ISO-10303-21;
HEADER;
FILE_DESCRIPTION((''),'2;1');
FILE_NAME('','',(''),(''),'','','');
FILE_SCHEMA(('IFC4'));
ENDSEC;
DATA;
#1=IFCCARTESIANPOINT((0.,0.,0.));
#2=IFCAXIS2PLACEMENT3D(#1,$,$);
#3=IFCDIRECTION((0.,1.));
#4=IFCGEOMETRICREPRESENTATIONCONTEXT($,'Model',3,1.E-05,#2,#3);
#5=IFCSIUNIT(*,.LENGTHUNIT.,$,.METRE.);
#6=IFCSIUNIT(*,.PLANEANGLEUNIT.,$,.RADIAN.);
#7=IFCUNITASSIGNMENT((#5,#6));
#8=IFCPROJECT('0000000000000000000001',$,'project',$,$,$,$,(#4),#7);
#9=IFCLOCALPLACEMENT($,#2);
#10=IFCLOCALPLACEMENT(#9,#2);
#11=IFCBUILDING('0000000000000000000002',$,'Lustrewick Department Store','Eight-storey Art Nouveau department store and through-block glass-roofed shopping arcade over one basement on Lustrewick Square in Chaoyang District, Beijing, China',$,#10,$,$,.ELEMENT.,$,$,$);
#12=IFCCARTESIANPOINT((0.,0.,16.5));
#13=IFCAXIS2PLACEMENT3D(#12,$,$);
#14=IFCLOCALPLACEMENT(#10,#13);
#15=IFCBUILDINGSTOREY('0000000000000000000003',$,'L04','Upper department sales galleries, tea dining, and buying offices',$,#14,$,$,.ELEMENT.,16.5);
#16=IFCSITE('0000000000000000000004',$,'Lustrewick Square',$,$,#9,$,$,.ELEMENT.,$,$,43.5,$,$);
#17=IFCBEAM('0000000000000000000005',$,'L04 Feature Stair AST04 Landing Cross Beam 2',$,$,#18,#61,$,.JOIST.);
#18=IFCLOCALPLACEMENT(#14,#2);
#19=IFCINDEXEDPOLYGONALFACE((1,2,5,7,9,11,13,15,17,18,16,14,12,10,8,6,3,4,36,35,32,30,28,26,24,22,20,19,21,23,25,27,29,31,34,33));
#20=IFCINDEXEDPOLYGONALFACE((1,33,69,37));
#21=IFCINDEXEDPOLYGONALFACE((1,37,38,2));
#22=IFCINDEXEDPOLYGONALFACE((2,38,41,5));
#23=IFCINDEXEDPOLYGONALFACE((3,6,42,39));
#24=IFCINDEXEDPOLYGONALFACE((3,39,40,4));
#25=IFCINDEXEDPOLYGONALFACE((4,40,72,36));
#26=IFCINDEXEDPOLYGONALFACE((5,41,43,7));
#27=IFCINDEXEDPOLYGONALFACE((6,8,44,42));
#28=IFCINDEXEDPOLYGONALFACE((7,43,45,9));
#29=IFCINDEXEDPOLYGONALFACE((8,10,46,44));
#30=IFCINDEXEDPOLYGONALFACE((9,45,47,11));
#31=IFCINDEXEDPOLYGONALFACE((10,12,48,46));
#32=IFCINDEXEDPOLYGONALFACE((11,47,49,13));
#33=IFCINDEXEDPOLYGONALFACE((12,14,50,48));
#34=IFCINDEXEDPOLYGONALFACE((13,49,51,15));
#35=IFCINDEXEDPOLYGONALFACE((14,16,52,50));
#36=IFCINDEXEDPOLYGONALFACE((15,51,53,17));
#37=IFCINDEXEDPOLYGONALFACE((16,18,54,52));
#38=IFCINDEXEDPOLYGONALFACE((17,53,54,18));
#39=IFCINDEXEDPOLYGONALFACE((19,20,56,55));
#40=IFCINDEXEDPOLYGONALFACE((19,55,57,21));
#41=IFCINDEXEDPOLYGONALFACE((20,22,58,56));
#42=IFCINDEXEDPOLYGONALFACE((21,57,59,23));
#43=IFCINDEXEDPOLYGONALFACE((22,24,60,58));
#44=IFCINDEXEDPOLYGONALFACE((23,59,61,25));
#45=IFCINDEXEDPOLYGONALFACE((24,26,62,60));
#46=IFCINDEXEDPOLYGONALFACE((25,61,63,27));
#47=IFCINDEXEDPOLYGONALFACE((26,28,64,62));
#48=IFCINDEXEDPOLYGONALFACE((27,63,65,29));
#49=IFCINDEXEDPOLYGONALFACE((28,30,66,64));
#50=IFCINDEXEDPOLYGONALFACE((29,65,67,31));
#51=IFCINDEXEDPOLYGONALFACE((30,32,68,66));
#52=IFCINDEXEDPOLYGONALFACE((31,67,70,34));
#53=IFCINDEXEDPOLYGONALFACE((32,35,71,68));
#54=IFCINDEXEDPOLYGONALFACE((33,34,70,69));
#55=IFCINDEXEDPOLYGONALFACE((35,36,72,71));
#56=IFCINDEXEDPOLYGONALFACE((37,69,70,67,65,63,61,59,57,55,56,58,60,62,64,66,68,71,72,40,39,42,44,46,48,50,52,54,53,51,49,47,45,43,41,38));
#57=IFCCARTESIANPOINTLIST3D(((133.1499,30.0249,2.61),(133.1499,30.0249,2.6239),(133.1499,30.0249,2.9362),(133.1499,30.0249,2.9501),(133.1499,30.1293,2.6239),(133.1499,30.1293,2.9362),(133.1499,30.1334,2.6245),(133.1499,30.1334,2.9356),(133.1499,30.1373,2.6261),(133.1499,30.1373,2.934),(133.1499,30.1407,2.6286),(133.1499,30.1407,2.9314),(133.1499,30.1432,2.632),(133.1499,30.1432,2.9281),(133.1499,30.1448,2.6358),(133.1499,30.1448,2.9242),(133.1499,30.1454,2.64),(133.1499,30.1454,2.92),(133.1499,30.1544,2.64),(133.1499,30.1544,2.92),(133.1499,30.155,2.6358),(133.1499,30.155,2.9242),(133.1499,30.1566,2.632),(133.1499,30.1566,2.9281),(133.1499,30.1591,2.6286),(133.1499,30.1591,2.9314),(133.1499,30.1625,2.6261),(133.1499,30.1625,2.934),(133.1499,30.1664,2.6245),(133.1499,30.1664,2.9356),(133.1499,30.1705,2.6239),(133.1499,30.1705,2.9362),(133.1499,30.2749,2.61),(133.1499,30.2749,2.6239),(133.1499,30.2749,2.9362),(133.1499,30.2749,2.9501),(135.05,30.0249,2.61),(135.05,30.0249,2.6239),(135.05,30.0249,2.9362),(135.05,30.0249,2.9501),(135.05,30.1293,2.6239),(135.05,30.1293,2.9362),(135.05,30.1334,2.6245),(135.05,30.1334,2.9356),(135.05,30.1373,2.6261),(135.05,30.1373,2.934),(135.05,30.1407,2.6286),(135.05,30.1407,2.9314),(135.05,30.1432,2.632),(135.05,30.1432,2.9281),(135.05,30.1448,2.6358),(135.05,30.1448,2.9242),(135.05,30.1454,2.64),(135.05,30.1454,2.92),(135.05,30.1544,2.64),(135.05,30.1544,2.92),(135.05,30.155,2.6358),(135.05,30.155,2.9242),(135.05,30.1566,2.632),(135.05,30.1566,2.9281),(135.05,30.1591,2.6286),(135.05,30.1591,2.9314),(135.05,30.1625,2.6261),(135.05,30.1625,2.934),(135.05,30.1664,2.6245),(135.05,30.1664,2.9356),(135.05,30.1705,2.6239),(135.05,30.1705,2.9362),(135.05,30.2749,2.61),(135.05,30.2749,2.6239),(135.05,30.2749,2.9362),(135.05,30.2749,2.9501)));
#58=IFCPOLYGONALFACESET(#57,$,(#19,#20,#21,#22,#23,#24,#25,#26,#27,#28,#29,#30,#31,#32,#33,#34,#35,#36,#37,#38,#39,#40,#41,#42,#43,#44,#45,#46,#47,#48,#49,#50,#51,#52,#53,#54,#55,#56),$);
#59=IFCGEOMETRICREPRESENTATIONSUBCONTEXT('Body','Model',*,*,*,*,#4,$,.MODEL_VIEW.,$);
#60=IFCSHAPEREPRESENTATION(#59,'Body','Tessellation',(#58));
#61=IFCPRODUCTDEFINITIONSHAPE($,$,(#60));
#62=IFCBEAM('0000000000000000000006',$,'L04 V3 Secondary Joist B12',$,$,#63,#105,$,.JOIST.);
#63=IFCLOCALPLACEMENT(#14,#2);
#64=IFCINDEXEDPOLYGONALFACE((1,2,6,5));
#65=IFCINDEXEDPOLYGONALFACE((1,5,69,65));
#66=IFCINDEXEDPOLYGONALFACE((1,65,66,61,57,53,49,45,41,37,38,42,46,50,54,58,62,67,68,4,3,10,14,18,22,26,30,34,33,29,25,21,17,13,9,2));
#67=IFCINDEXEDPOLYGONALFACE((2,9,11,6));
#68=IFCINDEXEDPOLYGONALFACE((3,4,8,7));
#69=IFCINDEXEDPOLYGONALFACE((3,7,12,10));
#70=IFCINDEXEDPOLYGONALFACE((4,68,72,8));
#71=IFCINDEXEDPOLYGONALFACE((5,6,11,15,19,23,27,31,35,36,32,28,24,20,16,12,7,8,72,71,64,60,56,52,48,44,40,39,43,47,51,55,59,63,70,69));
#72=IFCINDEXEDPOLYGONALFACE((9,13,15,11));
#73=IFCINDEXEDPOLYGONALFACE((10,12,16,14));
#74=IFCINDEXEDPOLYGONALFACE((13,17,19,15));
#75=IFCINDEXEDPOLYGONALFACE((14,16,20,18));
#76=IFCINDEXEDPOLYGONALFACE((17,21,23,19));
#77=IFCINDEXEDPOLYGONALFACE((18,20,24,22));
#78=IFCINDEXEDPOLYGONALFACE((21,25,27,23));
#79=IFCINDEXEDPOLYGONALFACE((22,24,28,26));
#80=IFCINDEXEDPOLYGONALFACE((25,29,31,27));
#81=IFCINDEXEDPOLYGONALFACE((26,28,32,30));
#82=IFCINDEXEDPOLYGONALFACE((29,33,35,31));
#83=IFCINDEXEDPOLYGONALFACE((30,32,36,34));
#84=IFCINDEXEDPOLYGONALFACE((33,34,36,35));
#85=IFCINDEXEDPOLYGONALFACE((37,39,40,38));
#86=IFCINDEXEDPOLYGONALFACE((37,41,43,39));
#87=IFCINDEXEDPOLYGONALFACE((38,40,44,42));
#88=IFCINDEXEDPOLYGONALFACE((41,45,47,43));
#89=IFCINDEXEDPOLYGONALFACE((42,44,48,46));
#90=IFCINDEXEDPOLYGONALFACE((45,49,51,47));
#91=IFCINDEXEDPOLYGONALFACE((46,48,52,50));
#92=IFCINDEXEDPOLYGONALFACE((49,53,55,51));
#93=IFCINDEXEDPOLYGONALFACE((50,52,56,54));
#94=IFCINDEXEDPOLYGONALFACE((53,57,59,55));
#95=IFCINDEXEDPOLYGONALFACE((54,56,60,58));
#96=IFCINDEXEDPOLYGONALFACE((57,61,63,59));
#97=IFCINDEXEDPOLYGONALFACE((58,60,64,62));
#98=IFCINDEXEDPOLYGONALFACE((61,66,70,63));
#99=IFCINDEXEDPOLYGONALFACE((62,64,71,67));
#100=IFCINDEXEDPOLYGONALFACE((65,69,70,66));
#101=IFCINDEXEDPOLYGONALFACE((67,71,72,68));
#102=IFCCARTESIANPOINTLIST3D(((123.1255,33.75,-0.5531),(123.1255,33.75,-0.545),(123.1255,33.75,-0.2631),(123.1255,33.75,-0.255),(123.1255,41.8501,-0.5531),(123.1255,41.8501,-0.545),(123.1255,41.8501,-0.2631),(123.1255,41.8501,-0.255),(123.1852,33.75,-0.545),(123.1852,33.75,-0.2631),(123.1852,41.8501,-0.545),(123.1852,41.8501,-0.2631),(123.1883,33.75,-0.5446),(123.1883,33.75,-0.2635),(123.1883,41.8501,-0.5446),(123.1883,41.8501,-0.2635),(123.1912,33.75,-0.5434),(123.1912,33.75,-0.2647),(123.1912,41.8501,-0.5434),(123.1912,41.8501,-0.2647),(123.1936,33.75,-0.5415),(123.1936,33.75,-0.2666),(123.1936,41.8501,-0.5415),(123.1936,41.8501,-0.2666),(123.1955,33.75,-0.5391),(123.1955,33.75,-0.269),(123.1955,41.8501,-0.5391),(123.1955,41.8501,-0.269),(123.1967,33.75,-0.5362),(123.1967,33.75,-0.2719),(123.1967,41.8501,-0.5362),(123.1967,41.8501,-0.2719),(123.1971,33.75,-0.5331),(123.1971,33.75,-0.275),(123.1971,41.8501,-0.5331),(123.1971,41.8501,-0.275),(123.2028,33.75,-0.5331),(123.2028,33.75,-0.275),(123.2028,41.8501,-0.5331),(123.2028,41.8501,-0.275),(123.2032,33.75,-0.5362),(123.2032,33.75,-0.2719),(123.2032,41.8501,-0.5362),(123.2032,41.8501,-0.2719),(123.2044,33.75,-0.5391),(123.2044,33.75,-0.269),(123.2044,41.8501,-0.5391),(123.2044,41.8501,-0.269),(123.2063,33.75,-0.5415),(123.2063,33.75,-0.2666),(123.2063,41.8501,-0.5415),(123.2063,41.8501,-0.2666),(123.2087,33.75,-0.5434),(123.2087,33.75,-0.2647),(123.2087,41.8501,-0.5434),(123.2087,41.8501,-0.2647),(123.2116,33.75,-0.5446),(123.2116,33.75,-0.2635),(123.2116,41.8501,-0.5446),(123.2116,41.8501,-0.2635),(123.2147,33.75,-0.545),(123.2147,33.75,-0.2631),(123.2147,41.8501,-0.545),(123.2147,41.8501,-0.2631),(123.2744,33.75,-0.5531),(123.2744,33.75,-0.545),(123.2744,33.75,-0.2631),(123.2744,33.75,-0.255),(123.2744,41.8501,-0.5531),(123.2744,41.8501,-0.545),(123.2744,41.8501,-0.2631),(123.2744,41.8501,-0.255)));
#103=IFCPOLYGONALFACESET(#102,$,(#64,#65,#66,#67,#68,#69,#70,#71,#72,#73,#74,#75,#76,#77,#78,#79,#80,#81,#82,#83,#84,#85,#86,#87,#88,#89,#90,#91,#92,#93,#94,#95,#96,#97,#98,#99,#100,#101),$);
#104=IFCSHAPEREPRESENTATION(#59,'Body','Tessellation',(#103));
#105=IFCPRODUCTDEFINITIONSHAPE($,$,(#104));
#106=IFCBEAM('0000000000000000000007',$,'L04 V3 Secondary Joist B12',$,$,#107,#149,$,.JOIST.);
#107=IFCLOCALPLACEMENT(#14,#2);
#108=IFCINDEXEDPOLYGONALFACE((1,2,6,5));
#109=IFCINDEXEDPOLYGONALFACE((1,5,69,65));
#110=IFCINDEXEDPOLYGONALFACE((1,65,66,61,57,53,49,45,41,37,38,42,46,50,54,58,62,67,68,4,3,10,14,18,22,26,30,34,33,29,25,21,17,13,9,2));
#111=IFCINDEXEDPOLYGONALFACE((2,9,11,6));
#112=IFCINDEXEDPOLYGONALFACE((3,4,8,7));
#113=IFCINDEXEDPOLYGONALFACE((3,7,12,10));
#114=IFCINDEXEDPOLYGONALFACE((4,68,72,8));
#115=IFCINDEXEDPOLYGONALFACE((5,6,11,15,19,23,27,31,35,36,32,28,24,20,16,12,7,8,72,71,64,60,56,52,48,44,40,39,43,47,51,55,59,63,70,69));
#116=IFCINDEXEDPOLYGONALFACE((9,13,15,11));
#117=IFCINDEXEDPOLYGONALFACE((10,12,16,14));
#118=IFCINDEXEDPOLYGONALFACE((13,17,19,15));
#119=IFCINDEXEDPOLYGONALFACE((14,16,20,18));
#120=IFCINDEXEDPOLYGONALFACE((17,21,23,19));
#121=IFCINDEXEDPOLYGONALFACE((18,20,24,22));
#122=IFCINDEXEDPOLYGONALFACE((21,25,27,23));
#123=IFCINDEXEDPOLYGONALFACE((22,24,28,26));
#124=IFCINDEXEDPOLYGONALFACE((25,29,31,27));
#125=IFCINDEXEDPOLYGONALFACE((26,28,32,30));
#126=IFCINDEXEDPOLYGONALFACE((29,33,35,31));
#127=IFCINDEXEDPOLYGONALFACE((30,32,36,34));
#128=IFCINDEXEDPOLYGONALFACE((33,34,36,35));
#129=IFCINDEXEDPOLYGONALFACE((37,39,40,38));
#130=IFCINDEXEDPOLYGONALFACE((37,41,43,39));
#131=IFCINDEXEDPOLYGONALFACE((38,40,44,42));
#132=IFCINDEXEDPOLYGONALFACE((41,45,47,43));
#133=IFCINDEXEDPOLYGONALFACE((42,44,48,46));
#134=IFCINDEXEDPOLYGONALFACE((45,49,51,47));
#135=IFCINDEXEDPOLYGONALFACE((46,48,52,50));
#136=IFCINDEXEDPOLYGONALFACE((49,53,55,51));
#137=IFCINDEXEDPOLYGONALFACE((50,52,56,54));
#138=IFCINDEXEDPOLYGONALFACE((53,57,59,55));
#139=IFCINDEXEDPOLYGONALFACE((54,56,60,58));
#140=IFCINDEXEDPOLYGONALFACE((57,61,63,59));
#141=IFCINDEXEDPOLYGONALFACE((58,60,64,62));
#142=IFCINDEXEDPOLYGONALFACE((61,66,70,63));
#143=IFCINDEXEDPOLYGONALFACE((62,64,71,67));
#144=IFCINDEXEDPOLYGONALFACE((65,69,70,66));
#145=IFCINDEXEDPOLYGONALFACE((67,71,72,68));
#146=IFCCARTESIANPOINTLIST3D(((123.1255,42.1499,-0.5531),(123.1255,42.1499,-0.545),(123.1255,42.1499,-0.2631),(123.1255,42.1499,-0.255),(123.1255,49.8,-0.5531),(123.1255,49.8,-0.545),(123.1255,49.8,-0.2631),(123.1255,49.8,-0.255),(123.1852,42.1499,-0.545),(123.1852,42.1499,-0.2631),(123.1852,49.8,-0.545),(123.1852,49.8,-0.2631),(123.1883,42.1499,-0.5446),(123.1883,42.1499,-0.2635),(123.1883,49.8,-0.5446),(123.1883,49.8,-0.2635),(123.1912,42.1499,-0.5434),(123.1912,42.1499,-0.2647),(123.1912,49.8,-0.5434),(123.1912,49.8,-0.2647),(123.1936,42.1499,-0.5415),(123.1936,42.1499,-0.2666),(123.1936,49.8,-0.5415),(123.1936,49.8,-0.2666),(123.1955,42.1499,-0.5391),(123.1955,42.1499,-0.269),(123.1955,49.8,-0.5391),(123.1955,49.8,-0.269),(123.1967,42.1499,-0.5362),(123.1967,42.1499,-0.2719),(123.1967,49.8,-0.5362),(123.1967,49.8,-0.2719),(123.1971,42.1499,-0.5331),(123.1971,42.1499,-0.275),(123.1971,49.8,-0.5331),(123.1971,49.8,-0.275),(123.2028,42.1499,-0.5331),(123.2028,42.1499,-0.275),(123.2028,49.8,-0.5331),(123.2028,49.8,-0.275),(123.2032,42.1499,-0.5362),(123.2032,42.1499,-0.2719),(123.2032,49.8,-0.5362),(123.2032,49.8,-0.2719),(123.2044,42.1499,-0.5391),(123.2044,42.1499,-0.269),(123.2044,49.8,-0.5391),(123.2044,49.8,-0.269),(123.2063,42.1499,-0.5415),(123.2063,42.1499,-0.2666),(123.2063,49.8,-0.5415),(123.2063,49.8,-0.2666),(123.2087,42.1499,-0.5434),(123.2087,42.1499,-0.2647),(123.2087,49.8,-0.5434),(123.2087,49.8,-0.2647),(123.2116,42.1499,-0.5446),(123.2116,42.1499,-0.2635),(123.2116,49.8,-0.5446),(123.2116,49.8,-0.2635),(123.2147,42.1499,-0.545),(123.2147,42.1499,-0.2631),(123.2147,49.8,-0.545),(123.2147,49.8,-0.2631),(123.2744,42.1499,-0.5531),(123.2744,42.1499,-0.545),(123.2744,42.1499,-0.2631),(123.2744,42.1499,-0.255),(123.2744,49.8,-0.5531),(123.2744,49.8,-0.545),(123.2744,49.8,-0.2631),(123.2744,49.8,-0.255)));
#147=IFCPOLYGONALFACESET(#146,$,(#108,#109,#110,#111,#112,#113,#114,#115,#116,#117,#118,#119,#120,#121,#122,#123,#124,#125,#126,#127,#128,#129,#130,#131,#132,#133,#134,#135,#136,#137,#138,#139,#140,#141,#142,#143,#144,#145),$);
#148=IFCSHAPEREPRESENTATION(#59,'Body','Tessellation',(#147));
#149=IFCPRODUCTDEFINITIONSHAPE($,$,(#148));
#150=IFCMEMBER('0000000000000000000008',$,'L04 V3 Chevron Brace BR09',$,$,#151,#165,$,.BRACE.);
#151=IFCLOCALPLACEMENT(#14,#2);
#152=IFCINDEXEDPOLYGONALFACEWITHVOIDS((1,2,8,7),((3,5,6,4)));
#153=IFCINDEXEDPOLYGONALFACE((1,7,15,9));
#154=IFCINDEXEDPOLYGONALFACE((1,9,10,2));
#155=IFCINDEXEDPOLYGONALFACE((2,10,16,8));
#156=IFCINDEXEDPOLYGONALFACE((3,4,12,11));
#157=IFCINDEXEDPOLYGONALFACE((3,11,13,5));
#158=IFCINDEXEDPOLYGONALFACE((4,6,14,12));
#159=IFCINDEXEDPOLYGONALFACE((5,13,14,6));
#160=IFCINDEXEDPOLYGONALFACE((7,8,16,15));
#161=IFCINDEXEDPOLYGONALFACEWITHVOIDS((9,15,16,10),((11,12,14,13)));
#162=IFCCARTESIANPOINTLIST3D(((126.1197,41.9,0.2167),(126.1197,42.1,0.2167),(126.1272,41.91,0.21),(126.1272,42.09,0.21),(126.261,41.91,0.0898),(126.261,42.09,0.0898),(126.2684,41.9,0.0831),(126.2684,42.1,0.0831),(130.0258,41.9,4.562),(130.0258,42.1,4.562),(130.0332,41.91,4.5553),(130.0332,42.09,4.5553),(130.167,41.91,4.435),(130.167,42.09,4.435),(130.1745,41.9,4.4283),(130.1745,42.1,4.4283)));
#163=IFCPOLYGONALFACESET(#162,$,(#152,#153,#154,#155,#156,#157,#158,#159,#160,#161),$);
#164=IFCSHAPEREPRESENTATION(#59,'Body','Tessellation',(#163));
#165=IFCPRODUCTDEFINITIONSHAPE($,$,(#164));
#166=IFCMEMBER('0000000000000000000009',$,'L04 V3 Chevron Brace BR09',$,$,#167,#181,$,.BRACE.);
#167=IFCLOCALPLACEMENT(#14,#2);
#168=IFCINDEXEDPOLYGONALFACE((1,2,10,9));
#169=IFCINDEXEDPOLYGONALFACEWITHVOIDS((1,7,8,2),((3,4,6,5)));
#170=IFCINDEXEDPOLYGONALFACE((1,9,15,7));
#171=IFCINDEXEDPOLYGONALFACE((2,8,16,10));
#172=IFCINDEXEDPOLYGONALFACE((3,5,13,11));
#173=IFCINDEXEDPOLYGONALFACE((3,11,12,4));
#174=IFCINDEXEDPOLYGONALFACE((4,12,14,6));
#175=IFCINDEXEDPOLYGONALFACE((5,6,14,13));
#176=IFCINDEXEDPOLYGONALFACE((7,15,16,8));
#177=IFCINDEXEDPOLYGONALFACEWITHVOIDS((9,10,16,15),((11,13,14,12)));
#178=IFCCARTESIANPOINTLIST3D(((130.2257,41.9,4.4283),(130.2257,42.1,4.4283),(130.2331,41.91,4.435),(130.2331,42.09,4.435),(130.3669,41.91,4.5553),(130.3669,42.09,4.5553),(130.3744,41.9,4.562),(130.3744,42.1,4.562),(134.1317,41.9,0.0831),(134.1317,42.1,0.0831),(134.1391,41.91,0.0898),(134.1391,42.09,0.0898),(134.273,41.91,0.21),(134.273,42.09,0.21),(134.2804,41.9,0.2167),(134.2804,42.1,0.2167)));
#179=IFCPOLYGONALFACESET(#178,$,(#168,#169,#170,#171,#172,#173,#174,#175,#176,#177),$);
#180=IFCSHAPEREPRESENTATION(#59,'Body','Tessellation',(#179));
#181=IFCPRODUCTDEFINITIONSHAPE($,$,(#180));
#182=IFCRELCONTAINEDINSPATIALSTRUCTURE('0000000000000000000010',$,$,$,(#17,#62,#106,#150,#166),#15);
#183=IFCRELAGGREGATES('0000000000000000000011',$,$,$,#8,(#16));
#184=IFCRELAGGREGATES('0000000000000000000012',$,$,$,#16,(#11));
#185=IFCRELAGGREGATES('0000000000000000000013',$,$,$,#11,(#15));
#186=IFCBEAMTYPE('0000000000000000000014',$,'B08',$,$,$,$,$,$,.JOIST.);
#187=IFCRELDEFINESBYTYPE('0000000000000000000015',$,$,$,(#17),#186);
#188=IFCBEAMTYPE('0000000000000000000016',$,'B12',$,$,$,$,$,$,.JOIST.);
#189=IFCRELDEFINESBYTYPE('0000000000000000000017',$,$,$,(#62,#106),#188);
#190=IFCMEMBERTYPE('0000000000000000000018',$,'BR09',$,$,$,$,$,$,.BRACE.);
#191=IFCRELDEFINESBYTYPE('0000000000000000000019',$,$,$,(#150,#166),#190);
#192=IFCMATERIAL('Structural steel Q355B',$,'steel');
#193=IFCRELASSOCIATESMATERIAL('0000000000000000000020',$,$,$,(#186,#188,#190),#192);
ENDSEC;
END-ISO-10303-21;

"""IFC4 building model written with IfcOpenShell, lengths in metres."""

from ifc_helpers import new_model, si_unit, direction, frame, origin, origin_2d, place, context, subcontext, project, spatial, hollow_rectangle, i_section, extrude, material, material_profile, profile_set, type_object, element, save


model = new_model("IFC4")

# Units and contexts
model_context = context("Model", 3, precision=1e-05, world=origin(), true_north=direction((0.0, 1.0)))
body_context = subcontext(model_context, "Body", "Model", "MODEL_VIEW")
ifc_project = project(units=[si_unit("LENGTHUNIT", "METRE"), si_unit("PLANEANGLEUNIT", "RADIAN")], contexts=[model_context])

# Site, building, storey
site_placement = place(None, origin())
site = spatial("IfcSite", under=ifc_project, at=site_placement, Name="Lustrewick Square", CompositionType="ELEMENT", RefElevation=43.5)
building_placement = place(site_placement, origin())
building = spatial("IfcBuilding", under=site, at=building_placement, Name="Lustrewick Department Store", Description="Eight-storey Art Nouveau department store and through-block glass-roofed shopping arcade over one basement on Lustrewick Square in Chaoyang District, Beijing, China", CompositionType="ELEMENT")
storey_placement = place(building_placement, frame((0.0, 0.0, 16.5)))
storey = spatial("IfcBuildingStorey", under=building, at=storey_placement, Name="L04", Description="Upper department sales galleries, tea dining, and buying offices", CompositionType="ELEMENT", Elevation=16.5)

# Shared definitions
ifc_material_1 = material(Name="Structural steel Q355B", Category="steel")

# Beams
ifc_material_profile_1 = material_profile(ifc_material_1, i_section(OverallWidth=0.25, OverallDepth=0.3401, WebThickness=0.009, FlangeThickness=0.0139, FilletRadius=0.0161, at=origin_2d()), Name="HM 340x250x9x14")
ifc_profile_set_1 = profile_set([ifc_material_profile_1], Name="Structural steel Q355B")
beam_type_1 = type_object("IfcBeamType", Name="B08", PredefinedType="JOIST", material=ifc_profile_set_1)
for number, where, z_axis, x_axis, name in (
    (1, (133.1499, 30.1499, 2.78), (1.0, 0.0, 0.0), (0.0, 1.0, 0.0), "L04 Feature Stair AST04 Landing Cross Beam 2"),
):
    element("IfcBeam", number, at=place(storey_placement, frame(where, z_axis=z_axis, x_axis=x_axis)), inside=storey, type_object=beam_type_1, Name=name, PredefinedType="JOIST", context=body_context, shape_type="SweptSolid", body=[
        extrude(i_section(OverallWidth=0.25, OverallDepth=0.3401, WebThickness=0.009, FlangeThickness=0.0139, FilletRadius=0.0161, at=origin_2d()), origin(), (0.0, 0.0, 1.0), 1.9001),
    ])
ifc_material_profile_2 = material_profile(ifc_material_1, i_section(OverallWidth=0.1489, OverallDepth=0.2981, WebThickness=0.0056, FlangeThickness=0.0081, FilletRadius=0.012, at=origin_2d()), Name="HN 298x149x5.5x8")
ifc_profile_set_2 = profile_set([ifc_material_profile_2], Name="Structural steel Q355B")
beam_type_2 = type_object("IfcBeamType", Name="B12", PredefinedType="JOIST", material=ifc_profile_set_2)
beam_1_placement = place(storey_placement, frame((123.2, 33.75, -0.4041), z_axis=(0.0, 1.0, 0.0), x_axis=(-1.0, 0.0, 0.0)))
element("IfcBeam", 2, at=beam_1_placement, inside=storey, type_object=beam_type_2, Name="L04 V3 Secondary Joist B12", PredefinedType="JOIST", context=body_context, shape_type="SweptSolid", body=[
    extrude(i_section(OverallWidth=0.1489, OverallDepth=0.2981, WebThickness=0.0056, FlangeThickness=0.0081, FilletRadius=0.012, at=origin_2d()), origin(), (0.0, 0.0, 1.0), 8.1001),
])
beam_2_placement = place(storey_placement, frame((123.2, 42.1499, -0.4041), z_axis=(0.0, 1.0, 0.0), x_axis=(-1.0, 0.0, 0.0)))
element("IfcBeam", 3, at=beam_2_placement, inside=storey, type_object=beam_type_2, Name="L04 V3 Secondary Joist B12", PredefinedType="JOIST", context=body_context, shape_type="SweptSolid", body=[
    extrude(i_section(OverallWidth=0.1489, OverallDepth=0.2981, WebThickness=0.0056, FlangeThickness=0.0081, FilletRadius=0.012, at=origin_2d()), origin(), (0.0, 0.0, 1.0), 7.6501),
])

# Members
ifc_material_profile_3 = material_profile(ifc_material_1, hollow_rectangle(XDim=0.2, YDim=0.2, WallThickness=0.01, at=origin_2d()), Name="SHS 200x200x10")
ifc_profile_set_3 = profile_set([ifc_material_profile_3], Name="Structural steel Q355B")
member_type = type_object("IfcMemberType", Name="BR09", PredefinedType="BRACE", material=ifc_profile_set_3)
for number, where, z_axis, x_axis, name in (
    (4, (126.1941, 42.0, 0.1499), (0.668521, 0.0, 0.743693), (0.0, 1.0, 0.0), "L04 V3 Chevron Brace BR09"),
    (5, (134.2061, 42.0, 0.1499), (-0.668521, 0.0, 0.743693), (0.0, -1.0, 0.0), "L04 V3 Chevron Brace BR09"),
):
    element("IfcMember", number, at=place(storey_placement, frame(where, z_axis=z_axis, x_axis=x_axis)), inside=storey, type_object=member_type, Name=name, PredefinedType="BRACE", context=body_context, shape_type="SweptSolid", body=[
        extrude(hollow_rectangle(XDim=0.2, YDim=0.2, WallThickness=0.01, at=origin_2d()), origin(), (0.0, 0.0, 1.0), 5.8428),
    ])

save(model, "model.ifc")
